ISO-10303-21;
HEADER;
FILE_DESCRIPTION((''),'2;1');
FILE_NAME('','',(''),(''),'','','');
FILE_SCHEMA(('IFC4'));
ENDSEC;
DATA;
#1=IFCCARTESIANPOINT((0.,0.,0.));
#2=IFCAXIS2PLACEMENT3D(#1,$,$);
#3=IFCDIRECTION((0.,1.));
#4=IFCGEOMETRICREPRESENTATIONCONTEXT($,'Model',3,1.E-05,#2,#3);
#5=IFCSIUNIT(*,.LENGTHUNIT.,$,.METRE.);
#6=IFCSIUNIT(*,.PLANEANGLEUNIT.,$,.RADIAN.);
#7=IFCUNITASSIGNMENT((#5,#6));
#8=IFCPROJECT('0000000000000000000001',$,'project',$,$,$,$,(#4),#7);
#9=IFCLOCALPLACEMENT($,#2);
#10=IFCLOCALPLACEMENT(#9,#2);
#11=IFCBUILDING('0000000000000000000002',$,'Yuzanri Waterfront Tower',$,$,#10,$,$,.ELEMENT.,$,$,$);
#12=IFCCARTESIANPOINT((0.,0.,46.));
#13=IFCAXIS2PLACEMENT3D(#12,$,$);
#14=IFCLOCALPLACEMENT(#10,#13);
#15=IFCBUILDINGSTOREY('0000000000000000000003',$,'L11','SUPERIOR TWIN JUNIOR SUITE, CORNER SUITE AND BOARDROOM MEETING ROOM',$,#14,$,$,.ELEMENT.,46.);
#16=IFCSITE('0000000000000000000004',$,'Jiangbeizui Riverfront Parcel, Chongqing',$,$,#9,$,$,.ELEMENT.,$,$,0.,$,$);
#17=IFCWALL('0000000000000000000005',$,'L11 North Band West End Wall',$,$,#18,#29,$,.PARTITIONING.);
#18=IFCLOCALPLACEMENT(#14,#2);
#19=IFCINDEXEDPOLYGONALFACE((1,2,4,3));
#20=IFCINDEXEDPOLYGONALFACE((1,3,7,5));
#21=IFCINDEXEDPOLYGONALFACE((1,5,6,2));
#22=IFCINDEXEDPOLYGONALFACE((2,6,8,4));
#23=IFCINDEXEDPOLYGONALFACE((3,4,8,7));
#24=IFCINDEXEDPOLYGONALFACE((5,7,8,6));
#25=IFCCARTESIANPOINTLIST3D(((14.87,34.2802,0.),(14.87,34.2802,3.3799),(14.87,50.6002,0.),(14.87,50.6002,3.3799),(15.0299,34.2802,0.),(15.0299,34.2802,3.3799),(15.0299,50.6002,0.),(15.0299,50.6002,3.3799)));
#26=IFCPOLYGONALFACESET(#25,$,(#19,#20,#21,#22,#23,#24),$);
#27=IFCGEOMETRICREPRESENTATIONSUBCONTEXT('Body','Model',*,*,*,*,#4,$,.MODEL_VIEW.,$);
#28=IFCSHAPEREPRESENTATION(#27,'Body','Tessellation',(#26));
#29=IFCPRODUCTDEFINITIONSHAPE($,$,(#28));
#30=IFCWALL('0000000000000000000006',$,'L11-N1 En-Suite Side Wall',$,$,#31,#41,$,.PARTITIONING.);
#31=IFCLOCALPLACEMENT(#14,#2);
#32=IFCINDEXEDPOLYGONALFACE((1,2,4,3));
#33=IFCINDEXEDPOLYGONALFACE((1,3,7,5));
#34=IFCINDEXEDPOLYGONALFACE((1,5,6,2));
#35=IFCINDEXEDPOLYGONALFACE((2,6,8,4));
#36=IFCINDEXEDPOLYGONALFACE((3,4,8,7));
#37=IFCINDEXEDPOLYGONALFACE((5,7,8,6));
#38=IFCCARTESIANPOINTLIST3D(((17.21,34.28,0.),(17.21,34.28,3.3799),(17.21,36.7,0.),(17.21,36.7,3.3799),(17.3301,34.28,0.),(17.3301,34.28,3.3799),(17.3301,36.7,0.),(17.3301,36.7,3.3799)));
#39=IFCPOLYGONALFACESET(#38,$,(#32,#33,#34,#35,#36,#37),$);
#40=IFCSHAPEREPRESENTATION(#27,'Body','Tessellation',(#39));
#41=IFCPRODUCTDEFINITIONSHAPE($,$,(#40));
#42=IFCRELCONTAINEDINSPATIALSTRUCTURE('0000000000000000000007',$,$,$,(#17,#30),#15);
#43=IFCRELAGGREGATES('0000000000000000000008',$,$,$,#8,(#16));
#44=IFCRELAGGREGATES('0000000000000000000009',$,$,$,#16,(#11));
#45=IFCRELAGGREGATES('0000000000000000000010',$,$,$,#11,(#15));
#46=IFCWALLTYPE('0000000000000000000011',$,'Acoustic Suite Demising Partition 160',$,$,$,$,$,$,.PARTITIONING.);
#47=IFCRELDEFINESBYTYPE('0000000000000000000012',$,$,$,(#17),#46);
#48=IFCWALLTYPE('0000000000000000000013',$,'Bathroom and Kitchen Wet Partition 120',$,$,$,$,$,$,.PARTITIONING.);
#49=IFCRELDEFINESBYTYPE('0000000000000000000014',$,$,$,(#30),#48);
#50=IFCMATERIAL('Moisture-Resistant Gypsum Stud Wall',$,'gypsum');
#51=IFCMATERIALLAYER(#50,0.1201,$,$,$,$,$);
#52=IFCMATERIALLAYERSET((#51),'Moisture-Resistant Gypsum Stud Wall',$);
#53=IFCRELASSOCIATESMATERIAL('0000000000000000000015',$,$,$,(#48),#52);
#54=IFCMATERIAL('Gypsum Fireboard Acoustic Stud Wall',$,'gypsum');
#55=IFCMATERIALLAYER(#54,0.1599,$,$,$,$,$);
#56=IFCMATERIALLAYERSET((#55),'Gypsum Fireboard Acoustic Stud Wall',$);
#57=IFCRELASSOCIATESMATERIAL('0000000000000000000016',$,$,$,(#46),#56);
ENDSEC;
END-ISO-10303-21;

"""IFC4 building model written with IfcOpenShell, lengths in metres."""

from ifc_helpers import new_model, si_unit, direction, frame, frame_2d, origin, place, context, subcontext, project, spatial, rectangle, extrude, source, transform, mapped, material, layer, layer_set, type_object, element, save


model = new_model("IFC4")

# Units and contexts
model_context = context("Model", 3, precision=1e-05, world=origin(), true_north=direction((0.0, 1.0)))
body_context = subcontext(model_context, "Body", "Model", "MODEL_VIEW")
ifc_project = project(units=[si_unit("LENGTHUNIT", "METRE"), si_unit("PLANEANGLEUNIT", "RADIAN")], contexts=[model_context])

# Site, building, storey
site_placement = place(None, origin())
site = spatial("IfcSite", under=ifc_project, at=site_placement, Name="Jiangbeizui Riverfront Parcel, Chongqing", CompositionType="ELEMENT", RefElevation=0.0)
building_placement = place(site_placement, origin())
building = spatial("IfcBuilding", under=site, at=building_placement, Name="Yuzanri Waterfront Tower", CompositionType="ELEMENT")
storey_placement = place(building_placement, frame((0.0, 0.0, 46.0)))
storey = spatial("IfcBuildingStorey", under=building, at=storey_placement, Name="L11", Description="SUPERIOR TWIN JUNIOR SUITE, CORNER SUITE AND BOARDROOM MEETING ROOM", CompositionType="ELEMENT", Elevation=46.0)

# Shared definitions
ifc_material_1 = material(Name="Moisture-Resistant Gypsum Stud Wall", Category="gypsum")
ifc_layer_1 = layer(ifc_material_1, 0.1201)
ifc_layer_set_1 = layer_set([ifc_layer_1], Name="Moisture-Resistant Gypsum Stud Wall")
wall_type_1 = type_object("IfcWallType", Name="Bathroom and Kitchen Wet Partition 120", PredefinedType="PARTITIONING", material=ifc_layer_set_1)

# Walls
ifc_material_2 = material(Name="Gypsum Fireboard Acoustic Stud Wall", Category="gypsum")
ifc_layer_2 = layer(ifc_material_2, 0.1599)
ifc_layer_set_2 = layer_set([ifc_layer_2], Name="Gypsum Fireboard Acoustic Stud Wall")
wall_type_2 = type_object("IfcWallType", Name="Acoustic Suite Demising Partition 160", PredefinedType="PARTITIONING", material=ifc_layer_set_2)
shared_shape_1 = source(origin(), body_context, "Body", "SweptSolid", [
    extrude(rectangle(XDim=16.3201, YDim=0.1599, at=frame_2d((8.1602, 0.0))), origin(), (0.0, 0.0, 1.0), 3.3799),
])
wall_1_placement = place(storey_placement, frame((14.95, 34.28, 0.0), z_axis=(0.0, 0.0, 1.0), x_axis=(0.0, 1.0, 0.0)))
element("IfcWall", 1, at=wall_1_placement, inside=storey, type_object=wall_type_2, Name="L11 North Band West End Wall", PredefinedType="PARTITIONING", context=body_context, shape_type="MappedRepresentation", body=[
    mapped(shared_shape_1, transform((0.0, 0.0, 0.0), scale=1.0)),
])
shared_shape_2 = source(origin(), body_context, "Body", "SweptSolid", [
    extrude(rectangle(XDim=2.4199, YDim=0.1201, at=frame_2d((1.21, 0.0))), origin(), (0.0, 0.0, 1.0), 3.3799),
])
wall_2_placement = place(storey_placement, frame((17.27, 34.28, 0.0), z_axis=(0.0, 0.0, 1.0), x_axis=(0.0, 1.0, 0.0)))
element("IfcWall", 2, at=wall_2_placement, inside=storey, type_object=wall_type_1, Name="L11-N1 En-Suite Side Wall", PredefinedType="PARTITIONING", context=body_context, shape_type="MappedRepresentation", body=[
    mapped(shared_shape_2, transform((0.0, 0.0, 0.0), scale=1.0)),
])

save(model, "model.ifc")
